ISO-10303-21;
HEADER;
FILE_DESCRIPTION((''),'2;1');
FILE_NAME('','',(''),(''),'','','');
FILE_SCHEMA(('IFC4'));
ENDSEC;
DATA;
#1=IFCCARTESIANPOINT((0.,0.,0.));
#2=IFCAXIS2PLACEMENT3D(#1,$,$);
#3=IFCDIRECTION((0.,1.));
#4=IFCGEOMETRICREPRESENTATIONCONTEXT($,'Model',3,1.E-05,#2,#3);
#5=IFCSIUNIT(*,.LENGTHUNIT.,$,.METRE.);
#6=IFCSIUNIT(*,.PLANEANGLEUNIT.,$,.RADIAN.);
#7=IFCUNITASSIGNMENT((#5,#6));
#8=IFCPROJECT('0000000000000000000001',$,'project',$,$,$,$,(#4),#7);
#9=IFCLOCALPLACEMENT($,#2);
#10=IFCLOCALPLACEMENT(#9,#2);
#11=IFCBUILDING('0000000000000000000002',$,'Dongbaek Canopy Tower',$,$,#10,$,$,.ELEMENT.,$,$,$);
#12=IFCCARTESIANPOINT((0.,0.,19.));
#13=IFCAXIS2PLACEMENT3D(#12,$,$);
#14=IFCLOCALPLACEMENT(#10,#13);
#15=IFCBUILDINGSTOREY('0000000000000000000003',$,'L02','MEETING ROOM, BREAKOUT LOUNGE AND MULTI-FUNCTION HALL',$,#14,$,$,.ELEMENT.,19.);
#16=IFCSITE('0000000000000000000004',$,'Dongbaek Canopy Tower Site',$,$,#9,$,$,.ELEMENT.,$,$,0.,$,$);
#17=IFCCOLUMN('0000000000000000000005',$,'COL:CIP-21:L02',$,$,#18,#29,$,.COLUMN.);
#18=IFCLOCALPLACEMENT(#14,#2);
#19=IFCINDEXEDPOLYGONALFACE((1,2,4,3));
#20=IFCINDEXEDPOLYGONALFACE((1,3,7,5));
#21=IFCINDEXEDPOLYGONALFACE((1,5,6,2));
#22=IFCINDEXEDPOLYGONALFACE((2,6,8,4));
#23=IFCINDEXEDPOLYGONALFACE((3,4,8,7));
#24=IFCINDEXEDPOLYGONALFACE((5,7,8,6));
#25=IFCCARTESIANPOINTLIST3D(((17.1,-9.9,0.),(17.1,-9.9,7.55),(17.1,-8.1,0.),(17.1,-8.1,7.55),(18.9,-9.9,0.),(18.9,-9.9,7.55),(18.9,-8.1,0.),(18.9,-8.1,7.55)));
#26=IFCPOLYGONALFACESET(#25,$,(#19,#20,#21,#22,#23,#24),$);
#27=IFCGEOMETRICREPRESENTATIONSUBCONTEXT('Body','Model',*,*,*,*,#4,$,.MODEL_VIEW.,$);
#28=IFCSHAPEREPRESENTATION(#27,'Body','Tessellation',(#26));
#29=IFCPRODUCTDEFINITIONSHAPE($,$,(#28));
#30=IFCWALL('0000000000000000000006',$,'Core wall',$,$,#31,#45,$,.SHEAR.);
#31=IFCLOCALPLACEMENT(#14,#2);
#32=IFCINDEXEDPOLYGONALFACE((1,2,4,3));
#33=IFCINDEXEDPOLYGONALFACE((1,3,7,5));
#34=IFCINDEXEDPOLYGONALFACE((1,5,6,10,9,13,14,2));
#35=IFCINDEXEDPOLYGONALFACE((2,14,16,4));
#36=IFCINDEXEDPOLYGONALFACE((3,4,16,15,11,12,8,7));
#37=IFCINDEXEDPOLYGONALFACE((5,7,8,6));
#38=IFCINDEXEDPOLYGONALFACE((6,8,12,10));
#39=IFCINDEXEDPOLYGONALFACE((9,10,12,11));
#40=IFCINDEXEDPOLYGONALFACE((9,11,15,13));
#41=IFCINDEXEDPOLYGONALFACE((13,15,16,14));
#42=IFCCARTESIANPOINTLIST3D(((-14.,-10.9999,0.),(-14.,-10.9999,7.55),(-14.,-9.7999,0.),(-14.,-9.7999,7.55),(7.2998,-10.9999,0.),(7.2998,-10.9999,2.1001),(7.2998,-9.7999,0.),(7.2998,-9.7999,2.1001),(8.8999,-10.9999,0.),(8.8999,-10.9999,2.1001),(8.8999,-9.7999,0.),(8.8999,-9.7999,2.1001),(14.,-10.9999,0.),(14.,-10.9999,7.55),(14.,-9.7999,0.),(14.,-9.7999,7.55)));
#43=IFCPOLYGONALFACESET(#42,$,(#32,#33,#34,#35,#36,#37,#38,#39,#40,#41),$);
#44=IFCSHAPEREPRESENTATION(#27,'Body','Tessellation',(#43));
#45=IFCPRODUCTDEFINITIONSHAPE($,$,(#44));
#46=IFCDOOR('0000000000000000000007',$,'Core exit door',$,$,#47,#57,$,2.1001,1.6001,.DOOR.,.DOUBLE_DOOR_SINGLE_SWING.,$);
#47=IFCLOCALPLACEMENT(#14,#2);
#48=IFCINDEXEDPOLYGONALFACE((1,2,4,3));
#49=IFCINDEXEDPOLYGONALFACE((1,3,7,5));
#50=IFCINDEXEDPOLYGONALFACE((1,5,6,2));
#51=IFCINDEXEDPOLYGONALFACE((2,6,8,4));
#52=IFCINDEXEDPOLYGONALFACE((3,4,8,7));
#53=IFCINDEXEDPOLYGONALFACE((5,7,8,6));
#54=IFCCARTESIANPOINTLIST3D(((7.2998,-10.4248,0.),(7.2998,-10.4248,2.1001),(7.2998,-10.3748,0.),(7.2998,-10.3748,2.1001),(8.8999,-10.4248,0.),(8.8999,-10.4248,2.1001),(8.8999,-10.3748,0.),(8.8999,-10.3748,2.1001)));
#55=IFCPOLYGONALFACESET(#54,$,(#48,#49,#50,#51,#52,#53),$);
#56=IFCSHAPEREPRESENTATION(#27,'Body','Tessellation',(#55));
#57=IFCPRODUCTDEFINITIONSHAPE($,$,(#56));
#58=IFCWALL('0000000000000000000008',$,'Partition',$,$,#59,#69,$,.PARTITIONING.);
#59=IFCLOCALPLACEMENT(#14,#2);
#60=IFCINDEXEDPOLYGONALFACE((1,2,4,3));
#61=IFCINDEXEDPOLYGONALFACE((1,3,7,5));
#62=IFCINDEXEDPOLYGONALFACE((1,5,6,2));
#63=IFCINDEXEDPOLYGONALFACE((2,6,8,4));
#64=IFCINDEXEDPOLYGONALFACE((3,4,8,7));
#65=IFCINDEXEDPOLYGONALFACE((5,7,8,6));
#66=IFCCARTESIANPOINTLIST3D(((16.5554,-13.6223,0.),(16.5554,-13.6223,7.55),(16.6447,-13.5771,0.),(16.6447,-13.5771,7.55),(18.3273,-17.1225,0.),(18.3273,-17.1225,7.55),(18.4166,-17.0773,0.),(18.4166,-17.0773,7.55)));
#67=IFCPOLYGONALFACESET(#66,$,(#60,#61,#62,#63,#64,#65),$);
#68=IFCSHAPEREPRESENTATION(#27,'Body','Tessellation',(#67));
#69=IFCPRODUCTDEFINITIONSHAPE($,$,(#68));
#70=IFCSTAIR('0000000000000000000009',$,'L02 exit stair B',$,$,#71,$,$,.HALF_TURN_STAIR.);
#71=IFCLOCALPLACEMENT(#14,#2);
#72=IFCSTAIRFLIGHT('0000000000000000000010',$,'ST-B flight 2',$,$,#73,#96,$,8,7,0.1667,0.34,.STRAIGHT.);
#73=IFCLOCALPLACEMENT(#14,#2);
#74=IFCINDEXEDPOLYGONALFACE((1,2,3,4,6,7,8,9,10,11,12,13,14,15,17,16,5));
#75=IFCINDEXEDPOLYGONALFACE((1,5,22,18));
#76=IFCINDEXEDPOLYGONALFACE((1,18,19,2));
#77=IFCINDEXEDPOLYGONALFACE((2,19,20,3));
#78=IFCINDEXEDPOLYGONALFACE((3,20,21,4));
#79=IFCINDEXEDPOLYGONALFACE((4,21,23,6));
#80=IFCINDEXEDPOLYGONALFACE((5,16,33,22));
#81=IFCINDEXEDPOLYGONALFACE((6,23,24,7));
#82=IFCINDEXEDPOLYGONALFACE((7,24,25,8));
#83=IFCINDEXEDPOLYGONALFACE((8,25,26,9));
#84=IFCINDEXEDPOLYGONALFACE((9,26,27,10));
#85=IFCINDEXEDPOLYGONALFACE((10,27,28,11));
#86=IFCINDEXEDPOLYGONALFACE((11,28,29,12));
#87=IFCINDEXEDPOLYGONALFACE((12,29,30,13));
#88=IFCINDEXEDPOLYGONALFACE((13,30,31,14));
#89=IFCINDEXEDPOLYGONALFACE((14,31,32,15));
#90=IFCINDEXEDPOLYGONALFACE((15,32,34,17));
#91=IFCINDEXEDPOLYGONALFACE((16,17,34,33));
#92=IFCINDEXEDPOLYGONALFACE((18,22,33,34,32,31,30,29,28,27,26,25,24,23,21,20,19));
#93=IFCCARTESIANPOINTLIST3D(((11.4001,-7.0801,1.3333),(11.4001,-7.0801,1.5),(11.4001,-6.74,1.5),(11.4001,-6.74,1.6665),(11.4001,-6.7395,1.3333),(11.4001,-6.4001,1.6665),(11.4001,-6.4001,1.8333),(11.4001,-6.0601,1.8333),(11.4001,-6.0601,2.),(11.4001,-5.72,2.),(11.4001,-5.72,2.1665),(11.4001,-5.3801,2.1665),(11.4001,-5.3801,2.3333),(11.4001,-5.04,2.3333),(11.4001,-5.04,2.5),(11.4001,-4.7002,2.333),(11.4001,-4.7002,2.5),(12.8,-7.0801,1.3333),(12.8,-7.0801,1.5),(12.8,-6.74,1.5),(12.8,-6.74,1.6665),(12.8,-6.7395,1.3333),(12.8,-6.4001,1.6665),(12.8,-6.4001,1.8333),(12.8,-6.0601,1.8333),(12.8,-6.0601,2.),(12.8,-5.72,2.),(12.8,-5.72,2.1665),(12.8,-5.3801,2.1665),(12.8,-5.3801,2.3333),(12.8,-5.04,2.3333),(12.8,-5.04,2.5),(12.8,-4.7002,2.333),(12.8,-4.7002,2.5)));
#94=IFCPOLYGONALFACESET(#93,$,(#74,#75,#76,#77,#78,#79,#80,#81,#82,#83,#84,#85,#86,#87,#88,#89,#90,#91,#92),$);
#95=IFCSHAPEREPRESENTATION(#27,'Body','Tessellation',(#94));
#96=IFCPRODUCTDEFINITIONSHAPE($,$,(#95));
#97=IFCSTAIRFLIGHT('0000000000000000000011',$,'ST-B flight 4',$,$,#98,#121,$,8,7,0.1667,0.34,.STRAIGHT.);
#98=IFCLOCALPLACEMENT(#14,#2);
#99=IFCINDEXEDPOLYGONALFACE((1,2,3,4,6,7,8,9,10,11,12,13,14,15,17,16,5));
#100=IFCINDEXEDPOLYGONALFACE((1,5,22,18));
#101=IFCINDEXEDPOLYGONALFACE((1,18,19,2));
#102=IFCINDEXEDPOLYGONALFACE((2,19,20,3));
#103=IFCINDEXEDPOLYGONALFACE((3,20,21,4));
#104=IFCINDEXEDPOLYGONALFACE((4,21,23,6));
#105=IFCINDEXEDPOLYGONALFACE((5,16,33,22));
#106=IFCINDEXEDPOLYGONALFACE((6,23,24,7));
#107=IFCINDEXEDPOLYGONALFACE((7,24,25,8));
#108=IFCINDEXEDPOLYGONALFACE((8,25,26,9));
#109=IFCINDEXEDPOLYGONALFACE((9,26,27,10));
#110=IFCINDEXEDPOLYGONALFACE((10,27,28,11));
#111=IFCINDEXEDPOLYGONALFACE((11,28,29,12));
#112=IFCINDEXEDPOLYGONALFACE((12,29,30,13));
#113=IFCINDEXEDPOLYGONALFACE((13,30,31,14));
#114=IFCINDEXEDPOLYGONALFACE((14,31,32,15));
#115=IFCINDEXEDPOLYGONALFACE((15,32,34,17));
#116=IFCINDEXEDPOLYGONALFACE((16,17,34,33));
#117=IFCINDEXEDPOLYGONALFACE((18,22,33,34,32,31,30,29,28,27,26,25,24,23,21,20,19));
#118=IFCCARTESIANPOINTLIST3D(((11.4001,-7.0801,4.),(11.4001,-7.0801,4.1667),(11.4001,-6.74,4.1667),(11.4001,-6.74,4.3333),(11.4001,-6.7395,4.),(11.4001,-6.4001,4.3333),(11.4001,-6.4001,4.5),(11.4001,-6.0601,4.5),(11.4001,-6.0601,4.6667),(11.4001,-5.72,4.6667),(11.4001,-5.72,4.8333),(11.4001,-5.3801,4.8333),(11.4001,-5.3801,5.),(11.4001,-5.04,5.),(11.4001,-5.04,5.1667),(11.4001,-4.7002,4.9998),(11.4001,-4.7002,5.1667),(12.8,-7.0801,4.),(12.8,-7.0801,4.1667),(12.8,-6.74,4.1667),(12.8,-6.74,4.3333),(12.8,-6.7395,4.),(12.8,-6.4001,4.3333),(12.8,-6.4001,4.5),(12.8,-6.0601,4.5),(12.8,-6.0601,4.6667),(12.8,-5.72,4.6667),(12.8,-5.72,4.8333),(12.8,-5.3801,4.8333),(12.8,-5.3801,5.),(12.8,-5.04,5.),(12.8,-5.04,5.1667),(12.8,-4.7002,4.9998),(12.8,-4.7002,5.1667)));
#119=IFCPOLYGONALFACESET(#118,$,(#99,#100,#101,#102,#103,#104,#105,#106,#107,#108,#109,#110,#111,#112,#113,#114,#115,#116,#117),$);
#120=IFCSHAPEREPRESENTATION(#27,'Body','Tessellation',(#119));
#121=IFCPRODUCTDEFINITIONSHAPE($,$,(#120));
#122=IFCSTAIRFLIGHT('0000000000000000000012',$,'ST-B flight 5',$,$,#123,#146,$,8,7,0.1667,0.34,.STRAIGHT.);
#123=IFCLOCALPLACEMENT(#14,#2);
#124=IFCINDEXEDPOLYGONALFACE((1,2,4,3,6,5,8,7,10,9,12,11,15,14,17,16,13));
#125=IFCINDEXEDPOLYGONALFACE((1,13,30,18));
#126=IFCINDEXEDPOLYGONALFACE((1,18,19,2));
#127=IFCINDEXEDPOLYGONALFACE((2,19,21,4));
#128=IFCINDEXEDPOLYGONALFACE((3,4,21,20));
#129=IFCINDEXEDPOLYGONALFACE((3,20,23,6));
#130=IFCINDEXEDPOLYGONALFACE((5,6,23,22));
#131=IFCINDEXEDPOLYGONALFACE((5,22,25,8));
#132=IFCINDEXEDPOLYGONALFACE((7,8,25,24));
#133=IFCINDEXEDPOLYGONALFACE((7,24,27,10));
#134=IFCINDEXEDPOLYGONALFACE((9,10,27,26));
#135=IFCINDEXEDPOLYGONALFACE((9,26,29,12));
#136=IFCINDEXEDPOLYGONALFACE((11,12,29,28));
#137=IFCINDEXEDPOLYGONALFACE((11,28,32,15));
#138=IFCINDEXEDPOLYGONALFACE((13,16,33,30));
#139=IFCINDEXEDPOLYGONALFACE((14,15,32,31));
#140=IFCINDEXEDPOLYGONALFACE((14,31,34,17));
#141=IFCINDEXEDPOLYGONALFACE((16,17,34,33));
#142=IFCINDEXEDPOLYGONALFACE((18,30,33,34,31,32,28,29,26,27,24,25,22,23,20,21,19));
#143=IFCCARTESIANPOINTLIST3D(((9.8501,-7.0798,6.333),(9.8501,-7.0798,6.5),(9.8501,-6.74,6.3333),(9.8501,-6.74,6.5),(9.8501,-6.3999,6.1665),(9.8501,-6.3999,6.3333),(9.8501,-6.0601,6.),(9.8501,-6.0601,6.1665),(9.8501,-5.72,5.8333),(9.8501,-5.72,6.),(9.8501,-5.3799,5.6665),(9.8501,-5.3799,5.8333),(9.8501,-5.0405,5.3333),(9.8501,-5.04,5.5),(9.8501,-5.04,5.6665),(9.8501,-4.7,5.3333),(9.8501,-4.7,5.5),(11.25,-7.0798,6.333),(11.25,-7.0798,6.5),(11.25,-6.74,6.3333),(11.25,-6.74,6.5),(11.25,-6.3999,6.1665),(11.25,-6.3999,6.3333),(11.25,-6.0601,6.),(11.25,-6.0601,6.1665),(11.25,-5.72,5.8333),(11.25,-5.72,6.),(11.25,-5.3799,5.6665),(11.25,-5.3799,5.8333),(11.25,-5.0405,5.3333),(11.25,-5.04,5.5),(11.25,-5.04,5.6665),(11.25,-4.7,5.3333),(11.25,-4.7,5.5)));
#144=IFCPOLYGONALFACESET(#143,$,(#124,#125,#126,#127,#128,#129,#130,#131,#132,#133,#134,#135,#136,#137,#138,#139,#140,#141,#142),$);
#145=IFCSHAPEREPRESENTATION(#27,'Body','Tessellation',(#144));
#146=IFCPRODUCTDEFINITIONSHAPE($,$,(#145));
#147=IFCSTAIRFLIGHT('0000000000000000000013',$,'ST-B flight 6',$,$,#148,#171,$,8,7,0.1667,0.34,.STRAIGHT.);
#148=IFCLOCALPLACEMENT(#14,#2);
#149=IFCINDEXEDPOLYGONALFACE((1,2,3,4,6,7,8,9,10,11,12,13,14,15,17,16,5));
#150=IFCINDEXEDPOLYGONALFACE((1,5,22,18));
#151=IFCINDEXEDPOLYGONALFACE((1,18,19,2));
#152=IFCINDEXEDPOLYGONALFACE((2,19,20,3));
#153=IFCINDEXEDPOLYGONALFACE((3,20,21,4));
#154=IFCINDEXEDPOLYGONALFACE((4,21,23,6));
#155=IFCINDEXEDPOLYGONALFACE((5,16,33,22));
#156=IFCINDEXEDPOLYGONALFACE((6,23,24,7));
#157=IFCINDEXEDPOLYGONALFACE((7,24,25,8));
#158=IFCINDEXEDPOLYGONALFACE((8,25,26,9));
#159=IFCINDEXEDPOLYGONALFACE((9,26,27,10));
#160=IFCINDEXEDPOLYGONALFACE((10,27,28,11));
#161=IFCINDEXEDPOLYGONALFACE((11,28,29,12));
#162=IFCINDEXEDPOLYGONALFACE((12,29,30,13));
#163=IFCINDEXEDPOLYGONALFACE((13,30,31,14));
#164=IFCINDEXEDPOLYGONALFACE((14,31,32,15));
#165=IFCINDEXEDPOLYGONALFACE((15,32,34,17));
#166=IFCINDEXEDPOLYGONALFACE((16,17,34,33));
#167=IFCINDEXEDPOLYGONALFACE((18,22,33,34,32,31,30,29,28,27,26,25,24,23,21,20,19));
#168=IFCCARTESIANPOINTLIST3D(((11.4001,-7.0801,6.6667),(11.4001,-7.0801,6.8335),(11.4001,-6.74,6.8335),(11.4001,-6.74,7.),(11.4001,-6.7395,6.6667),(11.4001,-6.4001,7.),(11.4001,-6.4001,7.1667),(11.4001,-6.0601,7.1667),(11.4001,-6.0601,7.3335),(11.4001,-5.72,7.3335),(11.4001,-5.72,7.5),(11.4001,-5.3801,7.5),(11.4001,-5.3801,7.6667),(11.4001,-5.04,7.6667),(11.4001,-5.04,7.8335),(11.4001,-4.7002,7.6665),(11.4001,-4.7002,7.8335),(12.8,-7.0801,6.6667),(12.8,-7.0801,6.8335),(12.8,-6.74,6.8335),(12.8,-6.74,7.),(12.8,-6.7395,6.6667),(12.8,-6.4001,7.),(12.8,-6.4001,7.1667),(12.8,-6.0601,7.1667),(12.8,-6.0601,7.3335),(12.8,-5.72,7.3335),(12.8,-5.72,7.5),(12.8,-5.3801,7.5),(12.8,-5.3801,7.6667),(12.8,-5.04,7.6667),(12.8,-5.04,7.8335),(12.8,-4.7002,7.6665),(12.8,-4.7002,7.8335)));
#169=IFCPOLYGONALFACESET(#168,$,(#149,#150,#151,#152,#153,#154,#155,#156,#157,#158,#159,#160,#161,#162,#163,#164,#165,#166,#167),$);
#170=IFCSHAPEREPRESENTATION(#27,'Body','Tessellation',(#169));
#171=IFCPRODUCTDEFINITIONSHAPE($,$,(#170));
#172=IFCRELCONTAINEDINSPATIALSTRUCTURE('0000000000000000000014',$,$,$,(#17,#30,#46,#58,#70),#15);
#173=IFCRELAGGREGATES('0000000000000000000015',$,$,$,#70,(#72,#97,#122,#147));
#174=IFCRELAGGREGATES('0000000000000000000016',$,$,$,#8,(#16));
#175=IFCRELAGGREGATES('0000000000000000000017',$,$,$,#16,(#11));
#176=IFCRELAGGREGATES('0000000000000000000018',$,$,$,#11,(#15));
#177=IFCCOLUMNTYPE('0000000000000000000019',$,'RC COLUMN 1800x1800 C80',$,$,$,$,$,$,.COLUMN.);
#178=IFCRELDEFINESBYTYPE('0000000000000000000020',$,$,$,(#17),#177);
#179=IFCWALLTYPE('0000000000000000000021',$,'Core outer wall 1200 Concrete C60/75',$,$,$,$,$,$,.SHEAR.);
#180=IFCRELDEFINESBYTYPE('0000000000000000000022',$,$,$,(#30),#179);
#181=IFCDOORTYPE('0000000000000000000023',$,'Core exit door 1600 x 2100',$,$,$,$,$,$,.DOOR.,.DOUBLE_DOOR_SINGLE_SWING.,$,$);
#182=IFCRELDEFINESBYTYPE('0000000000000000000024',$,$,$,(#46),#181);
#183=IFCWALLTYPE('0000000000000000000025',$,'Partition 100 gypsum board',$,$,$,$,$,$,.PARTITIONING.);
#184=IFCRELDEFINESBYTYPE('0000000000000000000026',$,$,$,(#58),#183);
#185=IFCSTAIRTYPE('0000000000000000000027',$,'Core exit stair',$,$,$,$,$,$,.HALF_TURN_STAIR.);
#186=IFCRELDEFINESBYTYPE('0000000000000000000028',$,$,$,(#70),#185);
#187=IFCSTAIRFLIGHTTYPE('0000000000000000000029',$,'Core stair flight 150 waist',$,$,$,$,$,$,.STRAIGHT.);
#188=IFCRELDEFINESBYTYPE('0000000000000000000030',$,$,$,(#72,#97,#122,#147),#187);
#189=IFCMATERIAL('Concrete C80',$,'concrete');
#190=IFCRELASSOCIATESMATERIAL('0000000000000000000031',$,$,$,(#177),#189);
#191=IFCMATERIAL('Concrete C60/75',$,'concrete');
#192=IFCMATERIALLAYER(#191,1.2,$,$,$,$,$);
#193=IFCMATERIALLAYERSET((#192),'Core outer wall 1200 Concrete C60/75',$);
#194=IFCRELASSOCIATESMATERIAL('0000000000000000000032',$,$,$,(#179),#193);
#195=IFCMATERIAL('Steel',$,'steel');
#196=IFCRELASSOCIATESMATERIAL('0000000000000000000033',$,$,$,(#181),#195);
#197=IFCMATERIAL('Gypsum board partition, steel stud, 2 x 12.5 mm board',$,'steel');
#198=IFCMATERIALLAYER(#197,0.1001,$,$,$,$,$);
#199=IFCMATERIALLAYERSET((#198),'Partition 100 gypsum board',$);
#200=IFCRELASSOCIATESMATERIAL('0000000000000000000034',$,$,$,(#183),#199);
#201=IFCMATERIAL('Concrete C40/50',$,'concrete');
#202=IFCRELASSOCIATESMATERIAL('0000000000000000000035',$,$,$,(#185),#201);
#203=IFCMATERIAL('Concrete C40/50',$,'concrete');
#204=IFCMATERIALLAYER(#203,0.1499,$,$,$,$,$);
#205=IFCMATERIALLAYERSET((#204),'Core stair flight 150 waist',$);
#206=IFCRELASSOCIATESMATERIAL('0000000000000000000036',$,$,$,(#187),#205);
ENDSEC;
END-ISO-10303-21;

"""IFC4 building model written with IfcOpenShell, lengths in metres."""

from ifc_helpers import new_model, si_unit, direction, frame, frame_2d, origin, origin_2d, place, context, subcontext, project, spatial, polyline, rectangle, outline, extrude, material, layer, layer_set, material_profile, profile_set, type_object, element, fill, aggregate, save


model = new_model("IFC4")

# Units and contexts
model_context = context("Model", 3, precision=1e-05, world=origin(), true_north=direction((0.0, 1.0)))
body_context = subcontext(model_context, "Body", "Model", "MODEL_VIEW")
ifc_project = project(units=[si_unit("LENGTHUNIT", "METRE"), si_unit("PLANEANGLEUNIT", "RADIAN")], contexts=[model_context])

# Site, building, storey
site_placement = place(None, origin())
site = spatial("IfcSite", under=ifc_project, at=site_placement, Name="Dongbaek Canopy Tower Site", CompositionType="ELEMENT", RefElevation=0.0)
building_placement = place(site_placement, origin())
building = spatial("IfcBuilding", under=site, at=building_placement, Name="Dongbaek Canopy Tower", CompositionType="ELEMENT")
storey_placement = place(building_placement, frame((0.0, 0.0, 19.0)))
storey = spatial("IfcBuildingStorey", under=building, at=storey_placement, Name="L02", Description="MEETING ROOM, BREAKOUT LOUNGE AND MULTI-FUNCTION HALL", CompositionType="ELEMENT", Elevation=19.0)

# Column
ifc_material_1 = material(Name="Concrete C80", Category="concrete")
ifc_material_profile = material_profile(ifc_material_1, rectangle(XDim=1.8, YDim=1.8, at=origin_2d()), Name="RC COLUMN 1800x1800 C80")
ifc_profile_set = profile_set([ifc_material_profile], Name="Concrete C80")
column_type = type_object("IfcColumnType", Name="RC COLUMN 1800x1800 C80", PredefinedType="COLUMN", material=ifc_profile_set)
column_placement = place(storey_placement, frame((18.0, -9.0, 0.0), z_axis=(0.0, 0.0, 1.0), x_axis=(1.0, 0.0, 0.0)))
element("IfcColumn", 1, at=column_placement, inside=storey, type_object=column_type, Name="COL:CIP-21:L02", PredefinedType="COLUMN", context=body_context, shape_type="SweptSolid", body=[
    extrude(rectangle(XDim=1.8, YDim=1.8, at=origin_2d()), origin(), (0.0, 0.0, 1.0), 7.55),
])

# Wall, opening, door
ifc_material_2 = material(Name="Concrete C60/75", Category="concrete")
ifc_layer_1 = layer(ifc_material_2, 1.2)
ifc_layer_set_1 = layer_set([ifc_layer_1], Name="Core outer wall 1200 Concrete C60/75")
wall_type_1 = type_object("IfcWallType", Name="Core outer wall 1200 Concrete C60/75", PredefinedType="SHEAR", material=ifc_layer_set_1)
wall_1_placement = place(storey_placement, frame((14.0, -10.3999, 0.0), z_axis=(0.0, 0.0, 1.0), x_axis=(-1.0, 0.0, 0.0)))
wall_1 = element("IfcWall", 2, at=wall_1_placement, inside=storey, type_object=wall_type_1, Name="Core wall", PredefinedType="SHEAR", context=body_context, shape_type="SweptSolid", body=[
    extrude(rectangle(XDim=28.0, YDim=1.2, at=frame_2d((14.0, 0.0))), origin(), (0.0, 0.0, 1.0), 7.55),
])
opening_placement = place(wall_1_placement, frame((5.1001, 0.0, 0.0)))
opening = element("IfcOpeningElement", 3, at=opening_placement, cuts=wall_1, PredefinedType="OPENING", context=body_context, shape_type="SweptSolid", body=[
    extrude(rectangle(XDim=1.6001, YDim=2.1001, at=frame_2d((0.8, 1.05))), frame((0.0, 0.6099, 0.0), z_axis=(0.0, -1.0, 0.0), x_axis=(1.0, 0.0, 0.0)), (0.0, 0.0, 1.0), 1.22),
])
ifc_material_3 = material(Name="Steel", Category="steel")
door_type = type_object("IfcDoorType", Name="Core exit door 1600 x 2100", OperationType="DOUBLE_DOOR_SINGLE_SWING", PredefinedType="DOOR", material=ifc_material_3)
door_placement = place(opening_placement, origin())
door = element("IfcDoor", 4, at=door_placement, inside=storey, type_object=door_type, Name="Core exit door", OperationType="DOUBLE_DOOR_SINGLE_SWING", OverallHeight=2.1001, OverallWidth=1.6001, PredefinedType="DOOR", context=body_context, shape_type="SweptSolid", body=[
    extrude(rectangle(XDim=1.6001, YDim=2.1001, at=frame_2d((0.8, 1.05))), frame((0.0, 0.0249, 0.0), z_axis=(0.0, -1.0, 0.0), x_axis=(1.0, 0.0, 0.0)), (0.0, 0.0, 1.0), 0.05),
])
fill(opening, door)

# Wall
ifc_material_4 = material(Name="Gypsum board partition, steel stud, 2 x 12.5 mm board", Category="steel")
ifc_layer_2 = layer(ifc_material_4, 0.1001)
ifc_layer_set_2 = layer_set([ifc_layer_2], Name="Partition 100 gypsum board")
wall_type_2 = type_object("IfcWallType", Name="Partition 100 gypsum board", PredefinedType="PARTITIONING", material=ifc_layer_set_2)
wall_2_placement = place(storey_placement, frame((16.6001, -13.5999, 0.0), z_axis=(0.0, 0.0, 1.0), x_axis=(0.451664, -0.892188, 0.0)))
element("IfcWall", 5, at=wall_2_placement, inside=storey, type_object=wall_type_2, Name="Partition", PredefinedType="PARTITIONING", context=body_context, shape_type="SweptSolid", body=[
    extrude(rectangle(XDim=3.9231, YDim=0.1001, at=frame_2d((1.9614, 0.0))), origin(), (0.0, 0.0, 1.0), 7.55),
])

# Stair, stair flights
ifc_material_5 = material(Name="Concrete C40/50", Category="concrete")
stair_type = type_object("IfcStairType", Name="Core exit stair", PredefinedType="HALF_TURN_STAIR", material=ifc_material_5)
stair_placement = place(storey_placement, origin())
stair = element("IfcStair", 6, at=stair_placement, inside=storey, type_object=stair_type, Name="L02 exit stair B", PredefinedType="HALF_TURN_STAIR")
ifc_material_6 = material(Name="Concrete C40/50", Category="concrete")
ifc_layer_3 = layer(ifc_material_6, 0.1499)
ifc_layer_set_3 = layer_set([ifc_layer_3], Name="Core stair flight 150 waist")
stair_flight_type = type_object("IfcStairFlightType", Name="Core stair flight 150 waist", PredefinedType="STRAIGHT", material=ifc_layer_set_3)
stair_flight_1_placement = place(storey_placement, frame((12.1001, -7.0801, 1.3333), z_axis=(0.0, 0.0, 1.0), x_axis=(0.0, 1.0, 0.0)))
stair_flight_1 = element("IfcStairFlight", 7, at=stair_flight_1_placement, type_object=stair_flight_type, Name="ST-B flight 2", NumberOfRisers=8, NumberOfTreads=7, PredefinedType="STRAIGHT", RiserHeight=0.1667, TreadLength=0.34, context=body_context, shape_type="SweptSolid", body=[
    extrude(outline(polyline([(0.0, 0.0), (0.0, 0.1667), (0.3401, 0.1667), (0.3401, 0.3333), (0.6799, 0.3333), (0.6799, 0.5), (1.02, 0.5), (1.02, 0.6667), (1.3601, 0.6667), (1.3601, 0.8333), (1.7, 0.8333), (1.7, 1.0), (2.04, 1.0), (2.04, 1.1667), (2.3799, 1.1667), (2.3799, 1.3333), (2.3799, 0.9998), (0.3406, 0.0), (0.0, 0.0)])), frame((0.0, 0.7, 0.0), z_axis=(0.0, -1.0, 0.0), x_axis=(1.0, 0.0, 0.0)), (0.0, 0.0, 1.0), 1.3999),
])
stair_flight_2_placement = place(storey_placement, frame((12.1001, -7.0801, 4.0), z_axis=(0.0, 0.0, 1.0), x_axis=(0.0, 1.0, 0.0)))
stair_flight_2 = element("IfcStairFlight", 8, at=stair_flight_2_placement, type_object=stair_flight_type, Name="ST-B flight 4", NumberOfRisers=8, NumberOfTreads=7, PredefinedType="STRAIGHT", RiserHeight=0.1667, TreadLength=0.34, context=body_context, shape_type="SweptSolid", body=[
    extrude(outline(polyline([(0.0, 0.0), (0.0, 0.1667), (0.3401, 0.1667), (0.3401, 0.3333), (0.6799, 0.3333), (0.6799, 0.5), (1.02, 0.5), (1.02, 0.6667), (1.3601, 0.6667), (1.3601, 0.8333), (1.7, 0.8333), (1.7, 1.0), (2.04, 1.0), (2.04, 1.1667), (2.3799, 1.1667), (2.3799, 1.3333), (2.3799, 0.9998), (0.3406, 0.0), (0.0, 0.0)])), frame((0.0, 0.7, 0.0), z_axis=(0.0, -1.0, 0.0), x_axis=(1.0, 0.0, 0.0)), (0.0, 0.0, 1.0), 1.3999),
])
stair_flight_3_placement = place(storey_placement, frame((10.55, -4.7, 5.3333), z_axis=(0.0, 0.0, 1.0), x_axis=(0.0, -1.0, 0.0)))
stair_flight_3 = element("IfcStairFlight", 9, at=stair_flight_3_placement, type_object=stair_flight_type, Name="ST-B flight 5", NumberOfRisers=8, NumberOfTreads=7, PredefinedType="STRAIGHT", RiserHeight=0.1667, TreadLength=0.34, context=body_context, shape_type="SweptSolid", body=[
    extrude(outline(polyline([(0.0, 0.0), (0.0, 0.1667), (0.3401, 0.1667), (0.3401, 0.3333), (0.6799, 0.3333), (0.6799, 0.5), (1.02, 0.5), (1.02, 0.6667), (1.3601, 0.6667), (1.3601, 0.8333), (1.7, 0.8333), (1.7, 1.0), (2.04, 1.0), (2.04, 1.1667), (2.3799, 1.1667), (2.3799, 1.3333), (2.3799, 0.9998), (0.3406, 0.0), (0.0, 0.0)])), frame((0.0, 0.7, 0.0), z_axis=(0.0, -1.0, 0.0), x_axis=(1.0, 0.0, 0.0)), (0.0, 0.0, 1.0), 1.3999),
])
stair_flight_4_placement = place(storey_placement, frame((12.1001, -7.0801, 6.6667), z_axis=(0.0, 0.0, 1.0), x_axis=(0.0, 1.0, 0.0)))
stair_flight_4 = element("IfcStairFlight", 10, at=stair_flight_4_placement, type_object=stair_flight_type, Name="ST-B flight 6", NumberOfRisers=8, NumberOfTreads=7, PredefinedType="STRAIGHT", RiserHeight=0.1667, TreadLength=0.34, context=body_context, shape_type="SweptSolid", body=[
    extrude(outline(polyline([(0.0, 0.0), (0.0, 0.1667), (0.3401, 0.1667), (0.3401, 0.3333), (0.6799, 0.3333), (0.6799, 0.5), (1.02, 0.5), (1.02, 0.6667), (1.3601, 0.6667), (1.3601, 0.8333), (1.7, 0.8333), (1.7, 1.0), (2.04, 1.0), (2.04, 1.1667), (2.3799, 1.1667), (2.3799, 1.3333), (2.3799, 0.9998), (0.3406, 0.0), (0.0, 0.0)])), frame((0.0, 0.7, 0.0), z_axis=(0.0, -1.0, 0.0), x_axis=(1.0, 0.0, 0.0)), (0.0, 0.0, 1.0), 1.3999),
])
aggregate(stair, [stair_flight_1, stair_flight_2, stair_flight_3, stair_flight_4])

save(model, "model.ifc")
